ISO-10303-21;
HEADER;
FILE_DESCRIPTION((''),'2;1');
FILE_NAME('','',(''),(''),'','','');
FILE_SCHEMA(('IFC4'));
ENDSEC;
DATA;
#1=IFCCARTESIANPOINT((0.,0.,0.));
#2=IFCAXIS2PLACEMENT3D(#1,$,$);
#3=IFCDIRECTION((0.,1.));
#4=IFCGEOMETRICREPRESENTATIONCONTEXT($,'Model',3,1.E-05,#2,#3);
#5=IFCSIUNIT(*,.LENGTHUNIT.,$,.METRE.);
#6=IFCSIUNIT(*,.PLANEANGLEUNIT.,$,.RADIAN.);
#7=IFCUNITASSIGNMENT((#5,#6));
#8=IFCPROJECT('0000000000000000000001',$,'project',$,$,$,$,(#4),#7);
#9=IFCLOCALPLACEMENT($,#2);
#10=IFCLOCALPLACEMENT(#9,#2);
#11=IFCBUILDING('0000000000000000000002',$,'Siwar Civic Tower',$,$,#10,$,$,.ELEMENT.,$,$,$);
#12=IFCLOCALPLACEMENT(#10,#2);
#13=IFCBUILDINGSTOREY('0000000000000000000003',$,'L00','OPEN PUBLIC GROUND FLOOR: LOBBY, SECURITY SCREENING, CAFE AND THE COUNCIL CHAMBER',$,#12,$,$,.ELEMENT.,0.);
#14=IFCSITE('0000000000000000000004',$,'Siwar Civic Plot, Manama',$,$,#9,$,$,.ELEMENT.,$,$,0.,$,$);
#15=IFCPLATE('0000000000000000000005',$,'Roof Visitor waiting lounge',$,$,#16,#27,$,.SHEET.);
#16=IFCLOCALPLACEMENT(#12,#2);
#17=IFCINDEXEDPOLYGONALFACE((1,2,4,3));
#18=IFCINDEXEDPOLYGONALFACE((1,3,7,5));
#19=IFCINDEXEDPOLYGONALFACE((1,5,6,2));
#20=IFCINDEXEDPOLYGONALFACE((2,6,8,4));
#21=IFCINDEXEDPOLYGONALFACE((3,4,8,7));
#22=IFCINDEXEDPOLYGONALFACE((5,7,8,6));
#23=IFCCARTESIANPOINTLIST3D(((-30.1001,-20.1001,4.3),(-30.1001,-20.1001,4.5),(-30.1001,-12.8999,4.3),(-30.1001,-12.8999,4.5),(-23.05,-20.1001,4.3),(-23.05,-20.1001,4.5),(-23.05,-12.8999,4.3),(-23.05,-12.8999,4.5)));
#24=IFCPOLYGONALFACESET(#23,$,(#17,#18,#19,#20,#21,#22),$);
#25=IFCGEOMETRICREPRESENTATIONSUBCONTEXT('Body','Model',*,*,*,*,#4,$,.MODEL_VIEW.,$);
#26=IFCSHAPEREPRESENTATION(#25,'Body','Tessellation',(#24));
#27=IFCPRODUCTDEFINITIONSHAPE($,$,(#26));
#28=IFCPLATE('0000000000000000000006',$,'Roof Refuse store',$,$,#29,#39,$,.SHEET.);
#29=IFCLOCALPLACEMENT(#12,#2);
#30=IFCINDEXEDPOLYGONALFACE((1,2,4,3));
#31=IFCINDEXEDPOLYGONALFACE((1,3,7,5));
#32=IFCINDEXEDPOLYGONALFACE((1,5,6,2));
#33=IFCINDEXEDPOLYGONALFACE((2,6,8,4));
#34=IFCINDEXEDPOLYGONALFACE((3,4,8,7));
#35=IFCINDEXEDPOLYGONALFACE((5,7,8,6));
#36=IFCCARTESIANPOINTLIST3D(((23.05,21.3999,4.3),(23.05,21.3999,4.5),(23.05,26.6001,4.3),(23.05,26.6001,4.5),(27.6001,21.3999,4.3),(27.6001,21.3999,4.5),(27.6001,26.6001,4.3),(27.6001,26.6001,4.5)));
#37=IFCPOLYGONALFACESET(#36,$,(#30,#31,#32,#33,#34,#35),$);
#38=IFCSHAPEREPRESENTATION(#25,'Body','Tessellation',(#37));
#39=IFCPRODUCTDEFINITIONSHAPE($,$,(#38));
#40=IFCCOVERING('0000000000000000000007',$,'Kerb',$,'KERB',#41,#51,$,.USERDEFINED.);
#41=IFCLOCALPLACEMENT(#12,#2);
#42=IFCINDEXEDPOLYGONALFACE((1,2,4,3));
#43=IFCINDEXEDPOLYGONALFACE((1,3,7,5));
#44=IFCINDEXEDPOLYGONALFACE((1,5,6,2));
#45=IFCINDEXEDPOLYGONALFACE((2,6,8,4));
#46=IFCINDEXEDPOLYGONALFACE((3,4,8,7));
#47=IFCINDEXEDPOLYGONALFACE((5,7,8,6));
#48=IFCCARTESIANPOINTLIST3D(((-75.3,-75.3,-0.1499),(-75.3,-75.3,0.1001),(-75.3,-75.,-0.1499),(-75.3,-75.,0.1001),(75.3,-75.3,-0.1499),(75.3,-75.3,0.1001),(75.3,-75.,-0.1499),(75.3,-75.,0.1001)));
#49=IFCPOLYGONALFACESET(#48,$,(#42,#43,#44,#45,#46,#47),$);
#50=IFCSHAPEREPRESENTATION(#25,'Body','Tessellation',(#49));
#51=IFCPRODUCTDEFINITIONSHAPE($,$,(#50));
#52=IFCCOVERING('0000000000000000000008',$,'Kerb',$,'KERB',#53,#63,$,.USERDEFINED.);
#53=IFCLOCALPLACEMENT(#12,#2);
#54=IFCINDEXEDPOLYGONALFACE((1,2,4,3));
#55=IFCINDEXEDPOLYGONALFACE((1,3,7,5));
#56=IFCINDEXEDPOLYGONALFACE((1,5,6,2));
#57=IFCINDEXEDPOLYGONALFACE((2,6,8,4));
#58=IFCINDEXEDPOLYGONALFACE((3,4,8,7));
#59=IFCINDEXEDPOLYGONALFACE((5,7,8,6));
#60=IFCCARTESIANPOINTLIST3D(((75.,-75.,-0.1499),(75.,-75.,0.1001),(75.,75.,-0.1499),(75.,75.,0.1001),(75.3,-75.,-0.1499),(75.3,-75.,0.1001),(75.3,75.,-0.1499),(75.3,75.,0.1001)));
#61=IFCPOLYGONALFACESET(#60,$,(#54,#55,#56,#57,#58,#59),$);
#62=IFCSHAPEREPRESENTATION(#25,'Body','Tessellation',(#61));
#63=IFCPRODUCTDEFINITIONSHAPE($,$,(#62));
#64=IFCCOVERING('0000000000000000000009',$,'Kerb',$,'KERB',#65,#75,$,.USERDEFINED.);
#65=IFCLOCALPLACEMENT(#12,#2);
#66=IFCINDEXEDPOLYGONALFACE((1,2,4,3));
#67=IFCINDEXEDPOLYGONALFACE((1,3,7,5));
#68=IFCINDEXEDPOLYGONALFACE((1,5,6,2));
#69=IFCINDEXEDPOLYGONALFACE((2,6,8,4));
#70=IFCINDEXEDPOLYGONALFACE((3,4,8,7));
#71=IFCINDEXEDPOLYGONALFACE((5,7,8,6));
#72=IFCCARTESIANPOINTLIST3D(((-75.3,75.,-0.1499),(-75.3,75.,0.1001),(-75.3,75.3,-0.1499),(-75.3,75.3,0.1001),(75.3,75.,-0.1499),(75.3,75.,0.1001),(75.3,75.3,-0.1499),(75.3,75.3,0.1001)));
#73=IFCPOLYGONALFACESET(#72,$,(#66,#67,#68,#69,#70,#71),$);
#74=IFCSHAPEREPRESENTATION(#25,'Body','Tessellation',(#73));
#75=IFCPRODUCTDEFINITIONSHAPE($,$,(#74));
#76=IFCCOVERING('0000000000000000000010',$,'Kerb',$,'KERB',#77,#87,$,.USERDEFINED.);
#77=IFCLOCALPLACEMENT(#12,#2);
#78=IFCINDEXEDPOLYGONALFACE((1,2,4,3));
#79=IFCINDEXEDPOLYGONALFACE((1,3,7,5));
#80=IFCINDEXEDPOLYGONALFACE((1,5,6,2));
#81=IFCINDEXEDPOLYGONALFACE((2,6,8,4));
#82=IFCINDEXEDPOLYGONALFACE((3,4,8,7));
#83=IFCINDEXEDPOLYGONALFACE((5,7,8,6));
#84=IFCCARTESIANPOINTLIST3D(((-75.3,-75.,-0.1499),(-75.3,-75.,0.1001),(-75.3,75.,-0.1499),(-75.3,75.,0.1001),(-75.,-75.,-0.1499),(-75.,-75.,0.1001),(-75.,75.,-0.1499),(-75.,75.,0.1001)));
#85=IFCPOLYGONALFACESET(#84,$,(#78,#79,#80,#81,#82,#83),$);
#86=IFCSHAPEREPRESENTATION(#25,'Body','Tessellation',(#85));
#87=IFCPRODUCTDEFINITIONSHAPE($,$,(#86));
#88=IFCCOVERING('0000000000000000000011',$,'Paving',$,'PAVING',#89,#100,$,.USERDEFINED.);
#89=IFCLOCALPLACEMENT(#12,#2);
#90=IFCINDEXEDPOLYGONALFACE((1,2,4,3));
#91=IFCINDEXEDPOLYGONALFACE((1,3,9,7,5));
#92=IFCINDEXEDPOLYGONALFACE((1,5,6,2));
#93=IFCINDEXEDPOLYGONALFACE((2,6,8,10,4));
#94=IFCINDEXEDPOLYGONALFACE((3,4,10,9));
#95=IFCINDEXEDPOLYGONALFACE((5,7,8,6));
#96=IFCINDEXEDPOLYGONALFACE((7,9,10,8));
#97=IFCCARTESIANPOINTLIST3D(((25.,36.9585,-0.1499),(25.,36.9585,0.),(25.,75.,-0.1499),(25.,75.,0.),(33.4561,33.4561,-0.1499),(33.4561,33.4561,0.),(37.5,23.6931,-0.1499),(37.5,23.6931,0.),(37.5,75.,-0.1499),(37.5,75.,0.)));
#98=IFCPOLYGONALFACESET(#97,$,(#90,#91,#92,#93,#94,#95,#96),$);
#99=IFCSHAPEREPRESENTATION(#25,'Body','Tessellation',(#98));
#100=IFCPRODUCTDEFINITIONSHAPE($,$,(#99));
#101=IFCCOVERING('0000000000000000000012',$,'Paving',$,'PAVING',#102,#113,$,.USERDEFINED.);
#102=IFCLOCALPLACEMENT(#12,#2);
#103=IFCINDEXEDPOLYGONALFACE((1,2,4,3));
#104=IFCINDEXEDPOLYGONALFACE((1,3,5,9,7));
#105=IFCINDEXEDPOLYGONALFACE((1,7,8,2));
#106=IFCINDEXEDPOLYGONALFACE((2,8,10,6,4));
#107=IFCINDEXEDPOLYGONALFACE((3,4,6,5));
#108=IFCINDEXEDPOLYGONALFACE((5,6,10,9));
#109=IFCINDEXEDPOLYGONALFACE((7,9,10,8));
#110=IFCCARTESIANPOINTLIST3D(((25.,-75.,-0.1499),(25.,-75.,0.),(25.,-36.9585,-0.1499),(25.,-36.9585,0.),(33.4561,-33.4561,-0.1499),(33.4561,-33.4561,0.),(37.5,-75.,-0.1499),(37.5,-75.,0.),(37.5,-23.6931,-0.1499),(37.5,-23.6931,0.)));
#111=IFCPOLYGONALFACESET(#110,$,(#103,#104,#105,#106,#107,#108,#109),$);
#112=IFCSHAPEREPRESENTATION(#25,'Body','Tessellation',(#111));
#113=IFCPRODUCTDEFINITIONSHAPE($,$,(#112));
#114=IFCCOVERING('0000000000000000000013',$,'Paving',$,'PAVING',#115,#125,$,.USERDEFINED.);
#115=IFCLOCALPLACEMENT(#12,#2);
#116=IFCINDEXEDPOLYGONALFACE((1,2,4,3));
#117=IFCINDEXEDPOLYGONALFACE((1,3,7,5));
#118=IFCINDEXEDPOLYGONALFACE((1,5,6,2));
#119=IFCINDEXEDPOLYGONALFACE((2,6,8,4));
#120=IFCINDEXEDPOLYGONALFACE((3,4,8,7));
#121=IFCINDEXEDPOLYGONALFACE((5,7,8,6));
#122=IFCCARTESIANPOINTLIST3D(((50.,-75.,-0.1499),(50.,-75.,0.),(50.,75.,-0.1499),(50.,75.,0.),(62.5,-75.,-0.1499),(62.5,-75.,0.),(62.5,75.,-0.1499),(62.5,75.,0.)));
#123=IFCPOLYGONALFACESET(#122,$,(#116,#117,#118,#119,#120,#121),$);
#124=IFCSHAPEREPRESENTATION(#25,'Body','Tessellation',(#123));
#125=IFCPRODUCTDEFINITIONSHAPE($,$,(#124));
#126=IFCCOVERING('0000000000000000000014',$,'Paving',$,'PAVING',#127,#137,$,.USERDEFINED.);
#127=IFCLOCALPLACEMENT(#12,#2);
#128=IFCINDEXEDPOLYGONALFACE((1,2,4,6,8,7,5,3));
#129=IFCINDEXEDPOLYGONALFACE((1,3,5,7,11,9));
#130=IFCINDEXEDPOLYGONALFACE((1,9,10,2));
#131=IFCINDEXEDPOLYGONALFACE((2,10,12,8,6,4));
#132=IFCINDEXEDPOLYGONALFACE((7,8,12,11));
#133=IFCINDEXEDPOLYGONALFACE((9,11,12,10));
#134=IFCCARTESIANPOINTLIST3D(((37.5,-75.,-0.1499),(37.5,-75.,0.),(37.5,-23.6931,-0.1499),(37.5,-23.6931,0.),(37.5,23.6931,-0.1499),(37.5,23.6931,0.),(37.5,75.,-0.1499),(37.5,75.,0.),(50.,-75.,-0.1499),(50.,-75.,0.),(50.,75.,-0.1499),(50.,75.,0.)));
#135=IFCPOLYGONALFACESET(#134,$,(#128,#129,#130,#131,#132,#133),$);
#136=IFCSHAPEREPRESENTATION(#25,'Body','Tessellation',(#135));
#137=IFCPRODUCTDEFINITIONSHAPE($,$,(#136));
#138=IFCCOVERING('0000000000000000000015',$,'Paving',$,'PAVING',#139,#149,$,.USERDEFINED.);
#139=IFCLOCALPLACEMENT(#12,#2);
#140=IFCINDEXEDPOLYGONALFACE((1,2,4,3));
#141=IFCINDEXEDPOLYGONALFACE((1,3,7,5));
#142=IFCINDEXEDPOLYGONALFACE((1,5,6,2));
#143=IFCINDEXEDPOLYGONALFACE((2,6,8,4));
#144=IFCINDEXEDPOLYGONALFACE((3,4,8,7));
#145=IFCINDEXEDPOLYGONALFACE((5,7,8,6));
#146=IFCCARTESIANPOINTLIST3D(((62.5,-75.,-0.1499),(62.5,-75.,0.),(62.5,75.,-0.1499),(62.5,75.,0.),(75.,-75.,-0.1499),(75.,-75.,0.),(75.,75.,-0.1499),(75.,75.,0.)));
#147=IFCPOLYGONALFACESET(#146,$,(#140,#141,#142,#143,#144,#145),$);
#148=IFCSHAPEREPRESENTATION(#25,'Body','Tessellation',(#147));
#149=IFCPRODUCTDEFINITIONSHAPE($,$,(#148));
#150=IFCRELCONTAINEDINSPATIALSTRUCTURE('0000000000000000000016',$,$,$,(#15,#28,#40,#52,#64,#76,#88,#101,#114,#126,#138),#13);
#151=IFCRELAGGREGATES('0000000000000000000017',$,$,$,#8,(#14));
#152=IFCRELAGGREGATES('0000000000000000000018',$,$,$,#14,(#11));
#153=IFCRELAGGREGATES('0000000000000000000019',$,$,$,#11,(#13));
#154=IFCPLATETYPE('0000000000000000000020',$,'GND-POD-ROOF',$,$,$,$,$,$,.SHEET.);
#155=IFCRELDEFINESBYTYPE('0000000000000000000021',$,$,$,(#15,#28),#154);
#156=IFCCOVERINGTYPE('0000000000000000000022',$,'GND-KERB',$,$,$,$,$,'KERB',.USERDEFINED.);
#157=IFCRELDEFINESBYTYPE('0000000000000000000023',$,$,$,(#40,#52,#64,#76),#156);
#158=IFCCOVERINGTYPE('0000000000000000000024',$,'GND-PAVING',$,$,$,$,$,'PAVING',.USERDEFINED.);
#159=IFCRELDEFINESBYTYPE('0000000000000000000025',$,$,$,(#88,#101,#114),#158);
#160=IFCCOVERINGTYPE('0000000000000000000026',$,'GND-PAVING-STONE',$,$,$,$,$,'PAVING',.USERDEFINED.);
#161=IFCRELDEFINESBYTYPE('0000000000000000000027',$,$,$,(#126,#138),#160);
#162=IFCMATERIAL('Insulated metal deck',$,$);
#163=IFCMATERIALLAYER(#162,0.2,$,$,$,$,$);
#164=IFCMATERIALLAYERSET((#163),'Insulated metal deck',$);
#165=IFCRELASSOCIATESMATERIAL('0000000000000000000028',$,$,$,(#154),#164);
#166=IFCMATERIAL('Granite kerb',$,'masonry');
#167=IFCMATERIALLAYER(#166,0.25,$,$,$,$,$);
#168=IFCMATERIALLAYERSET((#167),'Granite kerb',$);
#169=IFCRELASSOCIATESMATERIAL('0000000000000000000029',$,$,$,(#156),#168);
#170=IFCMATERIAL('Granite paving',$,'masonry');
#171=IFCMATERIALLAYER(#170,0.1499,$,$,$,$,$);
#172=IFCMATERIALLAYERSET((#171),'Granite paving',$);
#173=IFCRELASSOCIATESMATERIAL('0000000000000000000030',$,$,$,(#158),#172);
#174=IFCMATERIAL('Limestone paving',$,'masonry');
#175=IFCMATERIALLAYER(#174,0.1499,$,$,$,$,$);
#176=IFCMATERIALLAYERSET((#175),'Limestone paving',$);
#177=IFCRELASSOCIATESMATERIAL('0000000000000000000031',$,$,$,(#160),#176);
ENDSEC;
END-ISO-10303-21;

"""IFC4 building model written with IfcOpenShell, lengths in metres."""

from ifc_helpers import new_model, si_unit, direction, frame, origin, place, context, subcontext, project, spatial, polyline, outline, extrude, material, layer, layer_set, type_object, element, save


model = new_model("IFC4")

# Units and contexts
model_context = context("Model", 3, precision=1e-05, world=origin(), true_north=direction((0.0, 1.0)))
body_context = subcontext(model_context, "Body", "Model", "MODEL_VIEW")
ifc_project = project(units=[si_unit("LENGTHUNIT", "METRE"), si_unit("PLANEANGLEUNIT", "RADIAN")], contexts=[model_context])

# Site, building, storey
site_placement = place(None, origin())
site = spatial("IfcSite", under=ifc_project, at=site_placement, Name="Siwar Civic Plot, Manama", CompositionType="ELEMENT", RefElevation=0.0)
building_placement = place(site_placement, origin())
building = spatial("IfcBuilding", under=site, at=building_placement, Name="Siwar Civic Tower", CompositionType="ELEMENT")
storey_placement = place(building_placement, origin())
storey = spatial("IfcBuildingStorey", under=building, at=storey_placement, Name="L00", Description="OPEN PUBLIC GROUND FLOOR: LOBBY, SECURITY SCREENING, CAFE AND THE COUNCIL CHAMBER", CompositionType="ELEMENT", Elevation=0.0)

# Plates
ifc_material_1 = material(Name="Insulated metal deck")
ifc_layer_1 = layer(ifc_material_1, 0.2)
ifc_layer_set_1 = layer_set([ifc_layer_1], Name="Insulated metal deck")
plate_type_1 = type_object("IfcPlateType", Name="GND-POD-ROOF", PredefinedType="SHEET", material=ifc_layer_set_1)
plate_1_placement = place(storey_placement, frame((0.0, 0.0, 4.3)))
element("IfcPlate", 1, at=plate_1_placement, inside=storey, type_object=plate_type_1, Name="Roof Visitor waiting lounge", PredefinedType="SHEET", context=body_context, shape_type="SweptSolid", body=[
    extrude(outline(polyline([(-30.1001, -20.1001), (-23.05, -20.1001), (-23.05, -12.8999), (-30.1001, -12.8999), (-30.1001, -20.1001)])), origin(), (0.0, 0.0, 1.0), 0.2),
])
plate_2_placement = place(storey_placement, frame((0.0, 0.0, 4.3)))
element("IfcPlate", 2, at=plate_2_placement, inside=storey, type_object=plate_type_1, Name="Roof Refuse store", PredefinedType="SHEET", context=body_context, shape_type="SweptSolid", body=[
    extrude(outline(polyline([(23.05, 21.3999), (27.6001, 21.3999), (27.6001, 26.6001), (23.05, 26.6001), (23.05, 21.3999)])), origin(), (0.0, 0.0, 1.0), 0.2),
])

# Coverings
ifc_material_2 = material(Name="Granite kerb", Category="masonry")
ifc_layer_2 = layer(ifc_material_2, 0.25)
ifc_layer_set_2 = layer_set([ifc_layer_2], Name="Granite kerb")
covering_type_1 = type_object("IfcCoveringType", Name="GND-KERB", ElementType="KERB", PredefinedType="USERDEFINED", material=ifc_layer_set_2)
covering_1_placement = place(storey_placement, frame((0.0, 0.0, -0.1499)))
element("IfcCovering", 3, at=covering_1_placement, inside=storey, type_object=covering_type_1, Name="Kerb", ObjectType="KERB", PredefinedType="USERDEFINED", context=body_context, shape_type="SweptSolid", body=[
    extrude(outline(polyline([(-75.3, -75.3), (75.3, -75.3), (75.3, -75.0), (-75.3, -75.0), (-75.3, -75.3)])), origin(), (0.0, 0.0, 1.0), 0.25),
])
covering_2_placement = place(storey_placement, frame((0.0, 0.0, -0.1499)))
element("IfcCovering", 4, at=covering_2_placement, inside=storey, type_object=covering_type_1, Name="Kerb", ObjectType="KERB", PredefinedType="USERDEFINED", context=body_context, shape_type="SweptSolid", body=[
    extrude(outline(polyline([(75.0, -75.0), (75.3, -75.0), (75.3, 75.0), (75.0, 75.0), (75.0, -75.0)])), origin(), (0.0, 0.0, 1.0), 0.25),
])
covering_3_placement = place(storey_placement, frame((0.0, 0.0, -0.1499)))
element("IfcCovering", 5, at=covering_3_placement, inside=storey, type_object=covering_type_1, Name="Kerb", ObjectType="KERB", PredefinedType="USERDEFINED", context=body_context, shape_type="SweptSolid", body=[
    extrude(outline(polyline([(-75.3, 75.0), (75.3, 75.0), (75.3, 75.3), (-75.3, 75.3), (-75.3, 75.0)])), origin(), (0.0, 0.0, 1.0), 0.25),
])
covering_4_placement = place(storey_placement, frame((0.0, 0.0, -0.1499)))
element("IfcCovering", 6, at=covering_4_placement, inside=storey, type_object=covering_type_1, Name="Kerb", ObjectType="KERB", PredefinedType="USERDEFINED", context=body_context, shape_type="SweptSolid", body=[
    extrude(outline(polyline([(-75.3, -75.0), (-75.0, -75.0), (-75.0, 75.0), (-75.3, 75.0), (-75.3, -75.0)])), origin(), (0.0, 0.0, 1.0), 0.25),
])
ifc_material_3 = material(Name="Granite paving", Category="masonry")
ifc_layer_3 = layer(ifc_material_3, 0.1499)
ifc_layer_set_3 = layer_set([ifc_layer_3], Name="Granite paving")
covering_type_2 = type_object("IfcCoveringType", Name="GND-PAVING", ElementType="PAVING", PredefinedType="USERDEFINED", material=ifc_layer_set_3)
covering_5_placement = place(storey_placement, frame((0.0, 0.0, -0.1499)))
element("IfcCovering", 7, at=covering_5_placement, inside=storey, type_object=covering_type_2, Name="Paving", ObjectType="PAVING", PredefinedType="USERDEFINED", context=body_context, shape_type="SweptSolid", body=[
    extrude(outline(polyline([(37.5, 75.0), (37.5, 23.6931), (33.4561, 33.4561), (25.0, 36.9585), (25.0, 75.0), (37.5, 75.0)])), origin(), (0.0, 0.0, 1.0), 0.1499),
])
covering_6_placement = place(storey_placement, frame((0.0, 0.0, -0.1499)))
element("IfcCovering", 8, at=covering_6_placement, inside=storey, type_object=covering_type_2, Name="Paving", ObjectType="PAVING", PredefinedType="USERDEFINED", context=body_context, shape_type="SweptSolid", body=[
    extrude(outline(polyline([(25.0, -75.0), (25.0, -36.9585), (33.4561, -33.4561), (37.5, -23.6931), (37.5, -75.0), (25.0, -75.0)])), origin(), (0.0, 0.0, 1.0), 0.1499),
])
covering_7_placement = place(storey_placement, frame((0.0, 0.0, -0.1499)))
element("IfcCovering", 9, at=covering_7_placement, inside=storey, type_object=covering_type_2, Name="Paving", ObjectType="PAVING", PredefinedType="USERDEFINED", context=body_context, shape_type="SweptSolid", body=[
    extrude(outline(polyline([(62.5, 75.0), (62.5, -75.0), (50.0, -75.0), (50.0, 75.0), (62.5, 75.0)])), origin(), (0.0, 0.0, 1.0), 0.1499),
])
ifc_material_4 = material(Name="Limestone paving", Category="masonry")
ifc_layer_4 = layer(ifc_material_4, 0.1499)
ifc_layer_set_4 = layer_set([ifc_layer_4], Name="Limestone paving")
covering_type_3 = type_object("IfcCoveringType", Name="GND-PAVING-STONE", ElementType="PAVING", PredefinedType="USERDEFINED", material=ifc_layer_set_4)
covering_8_placement = place(storey_placement, frame((0.0, 0.0, -0.1499)))
element("IfcCovering", 10, at=covering_8_placement, inside=storey, type_object=covering_type_3, Name="Paving", ObjectType="PAVING", PredefinedType="USERDEFINED", context=body_context, shape_type="SweptSolid", body=[
    extrude(outline(polyline([(50.0, 75.0), (50.0, -75.0), (37.5, -75.0), (37.5, -23.6931), (37.5, 23.6931), (37.5, 75.0), (50.0, 75.0)])), origin(), (0.0, 0.0, 1.0), 0.1499),
])
covering_9_placement = place(storey_placement, frame((0.0, 0.0, -0.1499)))
element("IfcCovering", 11, at=covering_9_placement, inside=storey, type_object=covering_type_3, Name="Paving", ObjectType="PAVING", PredefinedType="USERDEFINED", context=body_context, shape_type="SweptSolid", body=[
    extrude(outline(polyline([(75.0, 75.0), (75.0, -75.0), (62.5, -75.0), (62.5, 75.0), (75.0, 75.0)])), origin(), (0.0, 0.0, 1.0), 0.1499),
])

save(model, "model.ifc")
